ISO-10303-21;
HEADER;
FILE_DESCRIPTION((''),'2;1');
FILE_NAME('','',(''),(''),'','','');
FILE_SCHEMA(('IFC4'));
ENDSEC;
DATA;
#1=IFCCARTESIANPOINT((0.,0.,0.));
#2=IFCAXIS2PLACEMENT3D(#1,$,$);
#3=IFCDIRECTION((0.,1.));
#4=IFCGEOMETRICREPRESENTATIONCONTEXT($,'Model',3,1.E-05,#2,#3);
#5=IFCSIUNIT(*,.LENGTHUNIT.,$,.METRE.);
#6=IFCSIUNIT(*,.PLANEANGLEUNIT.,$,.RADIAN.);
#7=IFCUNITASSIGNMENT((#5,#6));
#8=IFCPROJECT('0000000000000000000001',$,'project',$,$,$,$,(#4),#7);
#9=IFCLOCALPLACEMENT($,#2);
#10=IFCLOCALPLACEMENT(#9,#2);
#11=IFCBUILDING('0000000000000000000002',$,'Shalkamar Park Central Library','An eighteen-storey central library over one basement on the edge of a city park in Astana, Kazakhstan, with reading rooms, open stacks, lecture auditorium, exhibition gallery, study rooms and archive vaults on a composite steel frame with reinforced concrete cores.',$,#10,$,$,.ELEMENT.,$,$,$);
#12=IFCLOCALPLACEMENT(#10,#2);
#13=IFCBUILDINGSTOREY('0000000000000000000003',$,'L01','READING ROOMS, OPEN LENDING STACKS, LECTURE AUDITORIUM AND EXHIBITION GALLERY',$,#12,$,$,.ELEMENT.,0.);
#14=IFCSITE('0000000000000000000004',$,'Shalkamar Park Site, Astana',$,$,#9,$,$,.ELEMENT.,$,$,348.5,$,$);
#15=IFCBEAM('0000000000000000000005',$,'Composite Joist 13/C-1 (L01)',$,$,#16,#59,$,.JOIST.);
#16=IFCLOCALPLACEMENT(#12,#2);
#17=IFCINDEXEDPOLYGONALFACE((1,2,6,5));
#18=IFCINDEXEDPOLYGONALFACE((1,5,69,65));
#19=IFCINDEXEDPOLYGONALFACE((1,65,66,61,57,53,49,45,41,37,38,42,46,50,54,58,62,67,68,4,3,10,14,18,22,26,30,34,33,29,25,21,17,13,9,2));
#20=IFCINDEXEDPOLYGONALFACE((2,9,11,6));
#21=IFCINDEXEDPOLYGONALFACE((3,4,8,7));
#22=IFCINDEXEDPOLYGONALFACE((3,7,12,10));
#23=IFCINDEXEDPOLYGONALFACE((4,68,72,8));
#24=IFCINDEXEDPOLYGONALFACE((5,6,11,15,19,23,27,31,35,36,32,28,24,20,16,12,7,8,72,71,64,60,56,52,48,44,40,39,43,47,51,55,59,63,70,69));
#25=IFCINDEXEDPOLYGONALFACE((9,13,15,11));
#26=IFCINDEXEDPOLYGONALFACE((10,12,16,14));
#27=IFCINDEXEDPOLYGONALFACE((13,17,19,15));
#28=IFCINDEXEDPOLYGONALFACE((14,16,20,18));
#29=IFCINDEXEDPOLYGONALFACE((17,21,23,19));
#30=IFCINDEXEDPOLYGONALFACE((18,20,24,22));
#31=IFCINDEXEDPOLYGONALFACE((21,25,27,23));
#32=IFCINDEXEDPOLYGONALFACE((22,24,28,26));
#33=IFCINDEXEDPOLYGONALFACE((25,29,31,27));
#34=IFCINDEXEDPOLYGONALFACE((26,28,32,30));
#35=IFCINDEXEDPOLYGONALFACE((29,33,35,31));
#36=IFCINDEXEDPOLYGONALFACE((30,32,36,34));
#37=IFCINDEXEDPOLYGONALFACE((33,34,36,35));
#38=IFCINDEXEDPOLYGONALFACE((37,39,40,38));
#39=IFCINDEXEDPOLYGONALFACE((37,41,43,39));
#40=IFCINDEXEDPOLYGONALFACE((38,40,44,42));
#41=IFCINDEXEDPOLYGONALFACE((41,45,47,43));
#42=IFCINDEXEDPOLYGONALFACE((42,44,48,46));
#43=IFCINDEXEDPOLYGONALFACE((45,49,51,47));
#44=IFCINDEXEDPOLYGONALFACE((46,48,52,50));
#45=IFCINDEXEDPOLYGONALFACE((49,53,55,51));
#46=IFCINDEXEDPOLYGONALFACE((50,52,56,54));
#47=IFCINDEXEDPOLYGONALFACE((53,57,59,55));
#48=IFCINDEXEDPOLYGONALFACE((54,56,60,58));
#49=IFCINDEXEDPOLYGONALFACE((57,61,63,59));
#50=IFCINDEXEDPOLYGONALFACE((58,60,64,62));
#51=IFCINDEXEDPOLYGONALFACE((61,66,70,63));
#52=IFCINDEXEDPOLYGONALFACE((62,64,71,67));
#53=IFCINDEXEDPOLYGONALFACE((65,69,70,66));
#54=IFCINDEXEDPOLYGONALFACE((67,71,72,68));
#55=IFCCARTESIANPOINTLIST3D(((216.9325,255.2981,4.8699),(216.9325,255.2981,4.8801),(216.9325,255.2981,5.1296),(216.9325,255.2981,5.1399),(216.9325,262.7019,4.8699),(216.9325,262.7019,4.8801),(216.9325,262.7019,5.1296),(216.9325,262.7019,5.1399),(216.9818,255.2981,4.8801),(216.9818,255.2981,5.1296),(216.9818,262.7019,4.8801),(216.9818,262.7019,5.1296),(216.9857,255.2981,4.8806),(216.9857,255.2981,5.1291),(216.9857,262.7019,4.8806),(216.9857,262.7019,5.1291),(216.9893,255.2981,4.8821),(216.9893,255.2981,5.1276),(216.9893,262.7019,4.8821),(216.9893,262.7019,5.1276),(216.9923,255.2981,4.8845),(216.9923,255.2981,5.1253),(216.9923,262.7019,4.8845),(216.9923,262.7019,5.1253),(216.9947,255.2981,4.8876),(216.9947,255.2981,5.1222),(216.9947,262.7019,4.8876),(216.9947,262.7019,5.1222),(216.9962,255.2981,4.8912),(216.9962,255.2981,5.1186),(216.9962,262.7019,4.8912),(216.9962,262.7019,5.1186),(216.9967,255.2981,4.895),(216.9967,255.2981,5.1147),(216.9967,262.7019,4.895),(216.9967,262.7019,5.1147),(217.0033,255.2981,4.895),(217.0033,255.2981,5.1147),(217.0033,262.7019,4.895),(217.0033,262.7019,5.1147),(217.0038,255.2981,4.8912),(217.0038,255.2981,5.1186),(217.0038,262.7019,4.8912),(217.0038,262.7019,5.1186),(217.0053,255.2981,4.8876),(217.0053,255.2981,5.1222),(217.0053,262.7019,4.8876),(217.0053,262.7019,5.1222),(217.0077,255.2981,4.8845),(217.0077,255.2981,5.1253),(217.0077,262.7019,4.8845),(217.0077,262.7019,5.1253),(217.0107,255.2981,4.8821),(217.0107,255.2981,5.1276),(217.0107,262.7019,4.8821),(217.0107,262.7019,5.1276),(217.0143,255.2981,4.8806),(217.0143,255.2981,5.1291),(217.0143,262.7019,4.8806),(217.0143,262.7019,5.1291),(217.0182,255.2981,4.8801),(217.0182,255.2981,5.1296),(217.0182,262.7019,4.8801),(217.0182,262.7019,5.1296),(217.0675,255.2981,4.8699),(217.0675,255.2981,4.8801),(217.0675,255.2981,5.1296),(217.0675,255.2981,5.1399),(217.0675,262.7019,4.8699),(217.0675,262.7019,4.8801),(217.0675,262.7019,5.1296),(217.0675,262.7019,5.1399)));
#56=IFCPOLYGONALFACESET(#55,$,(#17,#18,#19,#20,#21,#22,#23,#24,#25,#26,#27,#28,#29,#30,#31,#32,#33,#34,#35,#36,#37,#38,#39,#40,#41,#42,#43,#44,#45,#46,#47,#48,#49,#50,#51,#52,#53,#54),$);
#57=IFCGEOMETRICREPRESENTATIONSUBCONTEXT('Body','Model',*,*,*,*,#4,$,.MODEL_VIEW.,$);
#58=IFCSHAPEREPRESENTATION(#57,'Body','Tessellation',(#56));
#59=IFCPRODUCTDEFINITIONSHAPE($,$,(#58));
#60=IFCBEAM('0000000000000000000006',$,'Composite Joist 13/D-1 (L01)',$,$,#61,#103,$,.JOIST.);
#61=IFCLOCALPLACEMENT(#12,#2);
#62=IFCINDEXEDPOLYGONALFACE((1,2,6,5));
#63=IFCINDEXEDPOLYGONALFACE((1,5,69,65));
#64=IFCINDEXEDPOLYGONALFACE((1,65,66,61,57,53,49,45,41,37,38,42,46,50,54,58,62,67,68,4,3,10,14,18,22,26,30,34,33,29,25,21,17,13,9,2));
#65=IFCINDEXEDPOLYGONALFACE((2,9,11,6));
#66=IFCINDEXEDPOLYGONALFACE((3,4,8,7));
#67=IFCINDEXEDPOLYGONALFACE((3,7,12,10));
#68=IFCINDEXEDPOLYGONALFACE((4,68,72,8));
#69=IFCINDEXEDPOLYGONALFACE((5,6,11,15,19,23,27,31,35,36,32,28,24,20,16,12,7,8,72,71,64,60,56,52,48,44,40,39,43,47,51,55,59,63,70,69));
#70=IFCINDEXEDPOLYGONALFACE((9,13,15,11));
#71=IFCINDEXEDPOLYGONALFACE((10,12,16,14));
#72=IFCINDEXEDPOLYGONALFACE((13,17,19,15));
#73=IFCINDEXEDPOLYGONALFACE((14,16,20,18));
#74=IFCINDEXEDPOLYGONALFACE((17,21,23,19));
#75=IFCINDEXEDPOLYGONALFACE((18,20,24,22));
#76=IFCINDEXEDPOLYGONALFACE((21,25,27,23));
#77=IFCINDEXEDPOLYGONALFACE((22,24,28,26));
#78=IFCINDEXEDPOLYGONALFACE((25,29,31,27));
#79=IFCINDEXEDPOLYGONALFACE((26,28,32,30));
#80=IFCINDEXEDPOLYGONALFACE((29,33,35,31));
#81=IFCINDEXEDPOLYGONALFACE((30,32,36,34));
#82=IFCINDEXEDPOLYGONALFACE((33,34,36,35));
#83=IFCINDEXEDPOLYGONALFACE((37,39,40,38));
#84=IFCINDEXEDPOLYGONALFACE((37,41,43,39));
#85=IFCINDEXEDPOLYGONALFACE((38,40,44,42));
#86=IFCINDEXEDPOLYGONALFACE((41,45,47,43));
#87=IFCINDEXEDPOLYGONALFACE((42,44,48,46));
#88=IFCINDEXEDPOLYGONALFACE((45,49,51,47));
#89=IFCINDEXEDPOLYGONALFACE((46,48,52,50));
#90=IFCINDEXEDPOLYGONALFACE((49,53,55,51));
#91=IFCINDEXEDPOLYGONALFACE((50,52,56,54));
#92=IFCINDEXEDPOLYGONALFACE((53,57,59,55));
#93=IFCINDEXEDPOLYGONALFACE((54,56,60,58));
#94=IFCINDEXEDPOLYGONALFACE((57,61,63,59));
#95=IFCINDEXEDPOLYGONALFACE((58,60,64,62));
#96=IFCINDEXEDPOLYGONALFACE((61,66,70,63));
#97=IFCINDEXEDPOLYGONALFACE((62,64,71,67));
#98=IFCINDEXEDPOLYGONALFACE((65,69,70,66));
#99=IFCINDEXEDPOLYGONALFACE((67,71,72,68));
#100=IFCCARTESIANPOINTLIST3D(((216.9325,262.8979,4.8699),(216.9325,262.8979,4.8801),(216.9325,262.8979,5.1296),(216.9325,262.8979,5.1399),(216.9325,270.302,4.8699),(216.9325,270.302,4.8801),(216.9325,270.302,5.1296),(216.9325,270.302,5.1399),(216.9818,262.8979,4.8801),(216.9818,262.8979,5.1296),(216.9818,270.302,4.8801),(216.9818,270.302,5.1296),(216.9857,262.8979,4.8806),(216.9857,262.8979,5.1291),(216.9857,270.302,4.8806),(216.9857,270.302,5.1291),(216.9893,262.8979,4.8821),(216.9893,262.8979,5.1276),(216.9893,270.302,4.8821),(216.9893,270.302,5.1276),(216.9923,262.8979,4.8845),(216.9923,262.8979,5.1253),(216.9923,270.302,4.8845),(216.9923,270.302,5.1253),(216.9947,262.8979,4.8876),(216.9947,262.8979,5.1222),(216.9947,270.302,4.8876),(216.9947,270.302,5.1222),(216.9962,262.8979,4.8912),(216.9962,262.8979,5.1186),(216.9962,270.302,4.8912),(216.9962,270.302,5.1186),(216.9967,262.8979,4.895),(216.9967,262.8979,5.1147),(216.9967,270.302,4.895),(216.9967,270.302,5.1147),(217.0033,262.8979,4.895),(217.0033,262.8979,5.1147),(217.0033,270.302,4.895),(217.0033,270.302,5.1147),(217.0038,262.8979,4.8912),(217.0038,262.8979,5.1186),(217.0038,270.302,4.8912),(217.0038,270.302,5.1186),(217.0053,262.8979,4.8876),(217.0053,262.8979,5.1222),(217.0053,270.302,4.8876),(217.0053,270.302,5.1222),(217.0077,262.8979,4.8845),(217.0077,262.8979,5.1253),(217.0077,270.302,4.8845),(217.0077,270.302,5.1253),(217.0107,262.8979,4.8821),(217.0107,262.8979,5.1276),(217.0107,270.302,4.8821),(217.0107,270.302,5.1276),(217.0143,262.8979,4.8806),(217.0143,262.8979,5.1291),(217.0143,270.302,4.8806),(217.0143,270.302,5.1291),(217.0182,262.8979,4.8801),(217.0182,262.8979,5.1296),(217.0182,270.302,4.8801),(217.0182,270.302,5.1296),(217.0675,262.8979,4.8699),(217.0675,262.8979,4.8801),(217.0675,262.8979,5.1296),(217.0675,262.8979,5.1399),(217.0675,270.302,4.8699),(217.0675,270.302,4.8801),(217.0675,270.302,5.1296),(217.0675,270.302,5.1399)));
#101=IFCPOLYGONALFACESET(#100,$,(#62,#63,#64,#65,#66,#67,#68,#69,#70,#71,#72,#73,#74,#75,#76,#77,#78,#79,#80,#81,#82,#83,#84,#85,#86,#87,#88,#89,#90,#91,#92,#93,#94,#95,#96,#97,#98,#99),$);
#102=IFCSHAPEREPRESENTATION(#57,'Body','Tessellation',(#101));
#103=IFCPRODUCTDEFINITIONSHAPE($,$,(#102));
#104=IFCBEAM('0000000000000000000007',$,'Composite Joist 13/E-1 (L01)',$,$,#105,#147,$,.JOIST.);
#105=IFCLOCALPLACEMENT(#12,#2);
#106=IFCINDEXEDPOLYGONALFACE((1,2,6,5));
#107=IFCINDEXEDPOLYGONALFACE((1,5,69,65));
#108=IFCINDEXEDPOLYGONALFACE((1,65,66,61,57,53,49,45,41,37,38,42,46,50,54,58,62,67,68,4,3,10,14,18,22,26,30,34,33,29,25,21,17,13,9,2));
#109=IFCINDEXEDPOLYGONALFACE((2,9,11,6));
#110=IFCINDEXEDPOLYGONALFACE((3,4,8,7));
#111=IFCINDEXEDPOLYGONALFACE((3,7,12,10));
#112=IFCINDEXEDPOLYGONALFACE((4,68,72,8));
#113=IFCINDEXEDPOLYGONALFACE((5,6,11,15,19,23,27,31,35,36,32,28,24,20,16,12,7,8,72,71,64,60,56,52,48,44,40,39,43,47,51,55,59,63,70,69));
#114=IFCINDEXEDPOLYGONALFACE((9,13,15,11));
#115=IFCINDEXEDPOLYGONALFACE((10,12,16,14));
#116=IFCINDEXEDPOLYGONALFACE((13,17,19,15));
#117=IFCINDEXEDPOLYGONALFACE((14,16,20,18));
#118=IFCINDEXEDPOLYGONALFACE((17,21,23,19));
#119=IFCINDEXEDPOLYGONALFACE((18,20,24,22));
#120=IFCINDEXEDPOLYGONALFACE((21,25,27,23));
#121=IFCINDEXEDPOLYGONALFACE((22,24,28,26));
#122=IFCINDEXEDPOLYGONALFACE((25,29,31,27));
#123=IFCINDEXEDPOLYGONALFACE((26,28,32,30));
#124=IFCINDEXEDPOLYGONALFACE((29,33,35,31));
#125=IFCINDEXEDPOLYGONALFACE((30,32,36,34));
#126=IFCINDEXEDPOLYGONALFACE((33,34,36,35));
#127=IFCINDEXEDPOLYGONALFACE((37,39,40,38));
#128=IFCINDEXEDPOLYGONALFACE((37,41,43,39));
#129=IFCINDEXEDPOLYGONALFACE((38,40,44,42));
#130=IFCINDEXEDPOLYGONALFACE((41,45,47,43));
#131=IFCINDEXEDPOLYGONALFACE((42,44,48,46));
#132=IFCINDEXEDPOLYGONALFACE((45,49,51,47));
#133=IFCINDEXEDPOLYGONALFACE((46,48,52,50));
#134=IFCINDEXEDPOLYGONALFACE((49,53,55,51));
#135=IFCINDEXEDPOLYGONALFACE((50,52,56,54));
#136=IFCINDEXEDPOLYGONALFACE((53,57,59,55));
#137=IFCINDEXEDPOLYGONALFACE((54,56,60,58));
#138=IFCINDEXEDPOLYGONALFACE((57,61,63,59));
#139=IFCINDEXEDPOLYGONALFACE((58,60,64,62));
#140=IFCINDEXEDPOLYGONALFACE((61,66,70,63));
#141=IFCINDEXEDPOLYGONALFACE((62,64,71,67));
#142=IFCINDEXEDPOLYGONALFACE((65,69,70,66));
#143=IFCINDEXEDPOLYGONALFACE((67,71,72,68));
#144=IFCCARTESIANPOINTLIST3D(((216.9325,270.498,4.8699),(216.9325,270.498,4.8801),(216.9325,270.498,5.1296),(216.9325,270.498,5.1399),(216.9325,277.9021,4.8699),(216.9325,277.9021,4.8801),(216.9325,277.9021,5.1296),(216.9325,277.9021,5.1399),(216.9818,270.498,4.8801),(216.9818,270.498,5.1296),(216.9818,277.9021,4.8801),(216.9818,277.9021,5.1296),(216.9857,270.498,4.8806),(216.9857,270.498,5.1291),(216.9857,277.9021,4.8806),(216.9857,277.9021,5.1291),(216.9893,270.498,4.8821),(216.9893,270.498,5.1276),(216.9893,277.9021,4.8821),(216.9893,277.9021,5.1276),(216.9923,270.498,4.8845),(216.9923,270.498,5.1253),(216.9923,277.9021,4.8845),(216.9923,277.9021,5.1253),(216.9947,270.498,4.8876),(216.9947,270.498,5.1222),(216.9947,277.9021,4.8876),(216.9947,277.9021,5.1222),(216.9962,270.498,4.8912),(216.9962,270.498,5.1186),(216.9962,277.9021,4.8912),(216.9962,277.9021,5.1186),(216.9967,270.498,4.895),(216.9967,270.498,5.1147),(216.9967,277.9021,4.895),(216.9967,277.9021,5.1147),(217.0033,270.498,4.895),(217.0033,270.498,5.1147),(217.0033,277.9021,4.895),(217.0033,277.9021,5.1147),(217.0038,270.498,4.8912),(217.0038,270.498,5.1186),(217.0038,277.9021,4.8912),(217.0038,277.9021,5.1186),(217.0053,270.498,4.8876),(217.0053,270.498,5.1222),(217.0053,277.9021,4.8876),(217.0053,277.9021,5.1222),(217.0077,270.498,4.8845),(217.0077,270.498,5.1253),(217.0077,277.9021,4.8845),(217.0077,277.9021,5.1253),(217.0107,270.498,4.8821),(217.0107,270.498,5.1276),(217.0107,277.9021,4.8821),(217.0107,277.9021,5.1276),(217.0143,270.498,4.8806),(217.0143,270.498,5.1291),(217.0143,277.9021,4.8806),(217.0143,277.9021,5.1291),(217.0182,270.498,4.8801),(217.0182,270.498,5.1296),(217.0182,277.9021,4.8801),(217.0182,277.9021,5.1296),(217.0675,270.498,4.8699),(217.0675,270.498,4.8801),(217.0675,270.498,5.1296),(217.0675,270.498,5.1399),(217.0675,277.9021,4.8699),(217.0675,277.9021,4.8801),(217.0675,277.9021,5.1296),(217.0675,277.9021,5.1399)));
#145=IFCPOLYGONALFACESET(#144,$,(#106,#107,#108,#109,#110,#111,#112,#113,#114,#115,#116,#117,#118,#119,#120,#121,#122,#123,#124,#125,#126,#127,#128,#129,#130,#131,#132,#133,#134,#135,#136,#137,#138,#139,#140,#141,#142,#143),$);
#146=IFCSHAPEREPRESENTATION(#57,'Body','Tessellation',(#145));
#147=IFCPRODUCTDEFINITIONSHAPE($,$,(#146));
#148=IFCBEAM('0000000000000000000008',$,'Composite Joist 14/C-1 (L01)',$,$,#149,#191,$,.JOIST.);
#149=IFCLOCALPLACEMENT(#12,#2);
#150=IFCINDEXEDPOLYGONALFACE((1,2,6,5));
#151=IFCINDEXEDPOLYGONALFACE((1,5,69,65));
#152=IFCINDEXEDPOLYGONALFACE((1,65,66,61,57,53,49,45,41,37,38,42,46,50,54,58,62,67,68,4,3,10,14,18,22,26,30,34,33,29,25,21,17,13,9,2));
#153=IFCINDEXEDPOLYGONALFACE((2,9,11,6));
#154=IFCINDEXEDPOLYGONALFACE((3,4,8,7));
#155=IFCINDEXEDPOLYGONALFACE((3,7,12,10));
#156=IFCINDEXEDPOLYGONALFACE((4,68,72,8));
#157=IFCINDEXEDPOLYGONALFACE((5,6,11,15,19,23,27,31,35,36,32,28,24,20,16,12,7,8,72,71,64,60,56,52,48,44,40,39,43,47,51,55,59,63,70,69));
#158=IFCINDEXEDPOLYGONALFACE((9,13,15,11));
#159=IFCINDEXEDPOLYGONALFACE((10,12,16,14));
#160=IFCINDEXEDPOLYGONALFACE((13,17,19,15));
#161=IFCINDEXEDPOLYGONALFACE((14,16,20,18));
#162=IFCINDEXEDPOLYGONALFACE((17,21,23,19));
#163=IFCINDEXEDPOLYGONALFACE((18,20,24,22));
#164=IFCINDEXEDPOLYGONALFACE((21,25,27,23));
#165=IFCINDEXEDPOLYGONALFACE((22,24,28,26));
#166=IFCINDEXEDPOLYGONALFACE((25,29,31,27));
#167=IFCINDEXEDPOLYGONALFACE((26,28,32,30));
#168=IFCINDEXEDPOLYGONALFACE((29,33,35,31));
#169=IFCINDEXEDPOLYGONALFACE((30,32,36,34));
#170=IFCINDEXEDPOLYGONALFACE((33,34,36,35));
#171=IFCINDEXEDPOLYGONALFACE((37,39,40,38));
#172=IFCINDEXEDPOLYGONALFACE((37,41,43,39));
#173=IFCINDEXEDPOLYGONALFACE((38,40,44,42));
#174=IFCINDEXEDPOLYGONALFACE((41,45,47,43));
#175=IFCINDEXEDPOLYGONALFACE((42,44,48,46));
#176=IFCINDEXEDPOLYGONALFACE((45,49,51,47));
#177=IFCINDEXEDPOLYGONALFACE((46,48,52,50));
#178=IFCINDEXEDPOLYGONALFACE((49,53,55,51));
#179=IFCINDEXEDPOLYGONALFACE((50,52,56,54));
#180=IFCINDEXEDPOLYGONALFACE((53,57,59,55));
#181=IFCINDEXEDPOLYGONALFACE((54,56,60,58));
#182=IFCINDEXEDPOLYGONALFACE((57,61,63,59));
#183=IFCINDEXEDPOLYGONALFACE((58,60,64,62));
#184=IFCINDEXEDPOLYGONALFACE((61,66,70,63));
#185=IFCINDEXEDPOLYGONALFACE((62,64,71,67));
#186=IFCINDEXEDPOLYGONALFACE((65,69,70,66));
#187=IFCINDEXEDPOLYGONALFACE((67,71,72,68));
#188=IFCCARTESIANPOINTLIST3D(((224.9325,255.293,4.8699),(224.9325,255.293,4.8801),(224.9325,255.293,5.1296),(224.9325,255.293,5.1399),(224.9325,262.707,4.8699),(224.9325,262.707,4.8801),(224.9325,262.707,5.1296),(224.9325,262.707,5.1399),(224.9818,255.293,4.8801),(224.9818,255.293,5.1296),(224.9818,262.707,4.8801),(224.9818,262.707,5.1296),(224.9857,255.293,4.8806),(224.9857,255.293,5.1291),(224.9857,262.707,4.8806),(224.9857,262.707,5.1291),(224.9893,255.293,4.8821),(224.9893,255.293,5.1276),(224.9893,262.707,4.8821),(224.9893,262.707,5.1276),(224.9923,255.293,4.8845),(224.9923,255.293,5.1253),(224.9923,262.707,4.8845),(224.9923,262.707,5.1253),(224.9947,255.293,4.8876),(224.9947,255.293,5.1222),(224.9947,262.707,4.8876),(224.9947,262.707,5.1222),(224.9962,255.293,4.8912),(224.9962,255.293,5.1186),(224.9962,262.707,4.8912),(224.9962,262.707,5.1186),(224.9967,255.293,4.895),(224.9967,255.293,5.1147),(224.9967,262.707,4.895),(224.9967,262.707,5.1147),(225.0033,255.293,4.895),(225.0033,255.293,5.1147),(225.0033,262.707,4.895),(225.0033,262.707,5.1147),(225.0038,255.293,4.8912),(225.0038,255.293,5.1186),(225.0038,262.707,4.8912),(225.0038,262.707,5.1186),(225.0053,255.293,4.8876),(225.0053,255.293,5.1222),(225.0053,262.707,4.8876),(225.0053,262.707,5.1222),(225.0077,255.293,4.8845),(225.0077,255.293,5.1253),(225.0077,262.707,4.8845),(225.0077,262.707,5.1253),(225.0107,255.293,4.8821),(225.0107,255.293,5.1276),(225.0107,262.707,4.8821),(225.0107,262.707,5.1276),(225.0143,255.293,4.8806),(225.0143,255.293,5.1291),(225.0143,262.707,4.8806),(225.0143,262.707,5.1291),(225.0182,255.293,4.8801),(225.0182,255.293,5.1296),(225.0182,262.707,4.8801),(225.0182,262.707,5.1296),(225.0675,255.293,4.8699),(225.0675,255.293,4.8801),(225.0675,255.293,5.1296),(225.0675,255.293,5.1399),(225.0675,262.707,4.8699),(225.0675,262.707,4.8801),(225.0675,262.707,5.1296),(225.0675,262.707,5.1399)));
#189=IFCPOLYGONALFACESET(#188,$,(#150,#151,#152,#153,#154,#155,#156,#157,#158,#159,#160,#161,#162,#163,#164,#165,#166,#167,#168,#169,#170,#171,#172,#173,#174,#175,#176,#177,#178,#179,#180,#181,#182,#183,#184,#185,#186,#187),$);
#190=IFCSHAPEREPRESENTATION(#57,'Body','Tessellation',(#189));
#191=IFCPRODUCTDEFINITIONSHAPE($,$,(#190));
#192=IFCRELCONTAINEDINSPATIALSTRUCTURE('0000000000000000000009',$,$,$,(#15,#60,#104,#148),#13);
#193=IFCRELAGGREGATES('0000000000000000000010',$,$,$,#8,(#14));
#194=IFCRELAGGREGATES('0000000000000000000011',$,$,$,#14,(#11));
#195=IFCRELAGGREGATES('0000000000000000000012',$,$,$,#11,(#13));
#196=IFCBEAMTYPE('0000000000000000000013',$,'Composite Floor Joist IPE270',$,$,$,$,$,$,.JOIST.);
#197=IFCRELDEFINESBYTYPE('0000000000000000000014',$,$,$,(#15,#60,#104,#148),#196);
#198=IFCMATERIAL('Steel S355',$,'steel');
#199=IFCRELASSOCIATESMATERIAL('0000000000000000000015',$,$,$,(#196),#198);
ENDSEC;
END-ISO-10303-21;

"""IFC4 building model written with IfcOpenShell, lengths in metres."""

from ifc_helpers import new_model, si_unit, direction, frame, origin, origin_2d, place, context, subcontext, project, spatial, i_section, extrude, material, material_profile, profile_set, type_object, element, save


model = new_model("IFC4")

# Units and contexts
model_context = context("Model", 3, precision=1e-05, world=origin(), true_north=direction((0.0, 1.0)))
body_context = subcontext(model_context, "Body", "Model", "MODEL_VIEW")
ifc_project = project(units=[si_unit("LENGTHUNIT", "METRE"), si_unit("PLANEANGLEUNIT", "RADIAN")], contexts=[model_context])

# Site, building, storey
site_placement = place(None, origin())
site = spatial("IfcSite", under=ifc_project, at=site_placement, Name="Shalkamar Park Site, Astana", CompositionType="ELEMENT", RefElevation=348.5)
building_placement = place(site_placement, origin())
building = spatial("IfcBuilding", under=site, at=building_placement, Name="Shalkamar Park Central Library", Description="An eighteen-storey central library over one basement on the edge of a city park in Astana, Kazakhstan, with reading rooms, open stacks, lecture auditorium, exhibition gallery, study rooms and archive vaults on a composite steel frame with reinforced concrete cores.", CompositionType="ELEMENT")
storey_placement = place(building_placement, origin())
storey = spatial("IfcBuildingStorey", under=building, at=storey_placement, Name="L01", Description="READING ROOMS, OPEN LENDING STACKS, LECTURE AUDITORIUM AND EXHIBITION GALLERY", CompositionType="ELEMENT", Elevation=0.0)

# Shared definitions
ifc_material_1 = material(Name="Steel S355", Category="steel")

# Beams
ifc_material_profile_1 = material_profile(ifc_material_1, i_section(OverallWidth=0.135, OverallDepth=0.27, WebThickness=0.0066, FlangeThickness=0.0103, FilletRadius=0.0149, at=origin_2d()), Name="IPE 270")
ifc_profile_set_1 = profile_set([ifc_material_profile_1], Name="Steel S355")
beam_type_1 = type_object("IfcBeamType", Name="Composite Floor Joist IPE270", PredefinedType="JOIST", material=ifc_profile_set_1)
beam_1_placement = place(storey_placement, frame((217.0, 255.2981, 5.0049), z_axis=(0.0, 1.0, 0.0), x_axis=(-1.0, 0.0, 0.0)))
element("IfcBeam", 1, at=beam_1_placement, inside=storey, type_object=beam_type_1, Name="Composite Joist 13/C-1 (L01)", PredefinedType="JOIST", context=body_context, shape_type="SweptSolid", body=[
    extrude(i_section(OverallWidth=0.135, OverallDepth=0.27, WebThickness=0.0066, FlangeThickness=0.0103, FilletRadius=0.0149, at=origin_2d()), origin(), (0.0, 0.0, 1.0), 7.4038),
])
for number, where, z_axis, x_axis, name in (
    (2, (217.0, 262.8979, 5.0049), (0.0, 1.0, 0.0), (-1.0, 0.0, 0.0), "Composite Joist 13/D-1 (L01)"),
    (3, (217.0, 270.498, 5.0049), (0.0, 1.0, 0.0), (-1.0, 0.0, 0.0), "Composite Joist 13/E-1 (L01)"),
):
    element("IfcBeam", number, at=place(storey_placement, frame(where, z_axis=z_axis, x_axis=x_axis)), inside=storey, type_object=beam_type_1, Name=name, PredefinedType="JOIST", context=body_context, shape_type="SweptSolid", body=[
        extrude(i_section(OverallWidth=0.135, OverallDepth=0.27, WebThickness=0.0066, FlangeThickness=0.0103, FilletRadius=0.0149, at=origin_2d()), origin(), (0.0, 0.0, 1.0), 7.4041),
    ])
for number, where, z_axis, x_axis, name in (
    (4, (225.0, 255.293, 5.0049), (0.0, 1.0, 0.0), (-1.0, 0.0, 0.0), "Composite Joist 14/C-1 (L01)"),
):
    element("IfcBeam", number, at=place(storey_placement, frame(where, z_axis=z_axis, x_axis=x_axis)), inside=storey, type_object=beam_type_1, Name=name, PredefinedType="JOIST", context=body_context, shape_type="SweptSolid", body=[
        extrude(i_section(OverallWidth=0.135, OverallDepth=0.27, WebThickness=0.0066, FlangeThickness=0.0103, FilletRadius=0.0149, at=origin_2d()), origin(), (0.0, 0.0, 1.0), 7.4141),
    ])

save(model, "model.ifc")
